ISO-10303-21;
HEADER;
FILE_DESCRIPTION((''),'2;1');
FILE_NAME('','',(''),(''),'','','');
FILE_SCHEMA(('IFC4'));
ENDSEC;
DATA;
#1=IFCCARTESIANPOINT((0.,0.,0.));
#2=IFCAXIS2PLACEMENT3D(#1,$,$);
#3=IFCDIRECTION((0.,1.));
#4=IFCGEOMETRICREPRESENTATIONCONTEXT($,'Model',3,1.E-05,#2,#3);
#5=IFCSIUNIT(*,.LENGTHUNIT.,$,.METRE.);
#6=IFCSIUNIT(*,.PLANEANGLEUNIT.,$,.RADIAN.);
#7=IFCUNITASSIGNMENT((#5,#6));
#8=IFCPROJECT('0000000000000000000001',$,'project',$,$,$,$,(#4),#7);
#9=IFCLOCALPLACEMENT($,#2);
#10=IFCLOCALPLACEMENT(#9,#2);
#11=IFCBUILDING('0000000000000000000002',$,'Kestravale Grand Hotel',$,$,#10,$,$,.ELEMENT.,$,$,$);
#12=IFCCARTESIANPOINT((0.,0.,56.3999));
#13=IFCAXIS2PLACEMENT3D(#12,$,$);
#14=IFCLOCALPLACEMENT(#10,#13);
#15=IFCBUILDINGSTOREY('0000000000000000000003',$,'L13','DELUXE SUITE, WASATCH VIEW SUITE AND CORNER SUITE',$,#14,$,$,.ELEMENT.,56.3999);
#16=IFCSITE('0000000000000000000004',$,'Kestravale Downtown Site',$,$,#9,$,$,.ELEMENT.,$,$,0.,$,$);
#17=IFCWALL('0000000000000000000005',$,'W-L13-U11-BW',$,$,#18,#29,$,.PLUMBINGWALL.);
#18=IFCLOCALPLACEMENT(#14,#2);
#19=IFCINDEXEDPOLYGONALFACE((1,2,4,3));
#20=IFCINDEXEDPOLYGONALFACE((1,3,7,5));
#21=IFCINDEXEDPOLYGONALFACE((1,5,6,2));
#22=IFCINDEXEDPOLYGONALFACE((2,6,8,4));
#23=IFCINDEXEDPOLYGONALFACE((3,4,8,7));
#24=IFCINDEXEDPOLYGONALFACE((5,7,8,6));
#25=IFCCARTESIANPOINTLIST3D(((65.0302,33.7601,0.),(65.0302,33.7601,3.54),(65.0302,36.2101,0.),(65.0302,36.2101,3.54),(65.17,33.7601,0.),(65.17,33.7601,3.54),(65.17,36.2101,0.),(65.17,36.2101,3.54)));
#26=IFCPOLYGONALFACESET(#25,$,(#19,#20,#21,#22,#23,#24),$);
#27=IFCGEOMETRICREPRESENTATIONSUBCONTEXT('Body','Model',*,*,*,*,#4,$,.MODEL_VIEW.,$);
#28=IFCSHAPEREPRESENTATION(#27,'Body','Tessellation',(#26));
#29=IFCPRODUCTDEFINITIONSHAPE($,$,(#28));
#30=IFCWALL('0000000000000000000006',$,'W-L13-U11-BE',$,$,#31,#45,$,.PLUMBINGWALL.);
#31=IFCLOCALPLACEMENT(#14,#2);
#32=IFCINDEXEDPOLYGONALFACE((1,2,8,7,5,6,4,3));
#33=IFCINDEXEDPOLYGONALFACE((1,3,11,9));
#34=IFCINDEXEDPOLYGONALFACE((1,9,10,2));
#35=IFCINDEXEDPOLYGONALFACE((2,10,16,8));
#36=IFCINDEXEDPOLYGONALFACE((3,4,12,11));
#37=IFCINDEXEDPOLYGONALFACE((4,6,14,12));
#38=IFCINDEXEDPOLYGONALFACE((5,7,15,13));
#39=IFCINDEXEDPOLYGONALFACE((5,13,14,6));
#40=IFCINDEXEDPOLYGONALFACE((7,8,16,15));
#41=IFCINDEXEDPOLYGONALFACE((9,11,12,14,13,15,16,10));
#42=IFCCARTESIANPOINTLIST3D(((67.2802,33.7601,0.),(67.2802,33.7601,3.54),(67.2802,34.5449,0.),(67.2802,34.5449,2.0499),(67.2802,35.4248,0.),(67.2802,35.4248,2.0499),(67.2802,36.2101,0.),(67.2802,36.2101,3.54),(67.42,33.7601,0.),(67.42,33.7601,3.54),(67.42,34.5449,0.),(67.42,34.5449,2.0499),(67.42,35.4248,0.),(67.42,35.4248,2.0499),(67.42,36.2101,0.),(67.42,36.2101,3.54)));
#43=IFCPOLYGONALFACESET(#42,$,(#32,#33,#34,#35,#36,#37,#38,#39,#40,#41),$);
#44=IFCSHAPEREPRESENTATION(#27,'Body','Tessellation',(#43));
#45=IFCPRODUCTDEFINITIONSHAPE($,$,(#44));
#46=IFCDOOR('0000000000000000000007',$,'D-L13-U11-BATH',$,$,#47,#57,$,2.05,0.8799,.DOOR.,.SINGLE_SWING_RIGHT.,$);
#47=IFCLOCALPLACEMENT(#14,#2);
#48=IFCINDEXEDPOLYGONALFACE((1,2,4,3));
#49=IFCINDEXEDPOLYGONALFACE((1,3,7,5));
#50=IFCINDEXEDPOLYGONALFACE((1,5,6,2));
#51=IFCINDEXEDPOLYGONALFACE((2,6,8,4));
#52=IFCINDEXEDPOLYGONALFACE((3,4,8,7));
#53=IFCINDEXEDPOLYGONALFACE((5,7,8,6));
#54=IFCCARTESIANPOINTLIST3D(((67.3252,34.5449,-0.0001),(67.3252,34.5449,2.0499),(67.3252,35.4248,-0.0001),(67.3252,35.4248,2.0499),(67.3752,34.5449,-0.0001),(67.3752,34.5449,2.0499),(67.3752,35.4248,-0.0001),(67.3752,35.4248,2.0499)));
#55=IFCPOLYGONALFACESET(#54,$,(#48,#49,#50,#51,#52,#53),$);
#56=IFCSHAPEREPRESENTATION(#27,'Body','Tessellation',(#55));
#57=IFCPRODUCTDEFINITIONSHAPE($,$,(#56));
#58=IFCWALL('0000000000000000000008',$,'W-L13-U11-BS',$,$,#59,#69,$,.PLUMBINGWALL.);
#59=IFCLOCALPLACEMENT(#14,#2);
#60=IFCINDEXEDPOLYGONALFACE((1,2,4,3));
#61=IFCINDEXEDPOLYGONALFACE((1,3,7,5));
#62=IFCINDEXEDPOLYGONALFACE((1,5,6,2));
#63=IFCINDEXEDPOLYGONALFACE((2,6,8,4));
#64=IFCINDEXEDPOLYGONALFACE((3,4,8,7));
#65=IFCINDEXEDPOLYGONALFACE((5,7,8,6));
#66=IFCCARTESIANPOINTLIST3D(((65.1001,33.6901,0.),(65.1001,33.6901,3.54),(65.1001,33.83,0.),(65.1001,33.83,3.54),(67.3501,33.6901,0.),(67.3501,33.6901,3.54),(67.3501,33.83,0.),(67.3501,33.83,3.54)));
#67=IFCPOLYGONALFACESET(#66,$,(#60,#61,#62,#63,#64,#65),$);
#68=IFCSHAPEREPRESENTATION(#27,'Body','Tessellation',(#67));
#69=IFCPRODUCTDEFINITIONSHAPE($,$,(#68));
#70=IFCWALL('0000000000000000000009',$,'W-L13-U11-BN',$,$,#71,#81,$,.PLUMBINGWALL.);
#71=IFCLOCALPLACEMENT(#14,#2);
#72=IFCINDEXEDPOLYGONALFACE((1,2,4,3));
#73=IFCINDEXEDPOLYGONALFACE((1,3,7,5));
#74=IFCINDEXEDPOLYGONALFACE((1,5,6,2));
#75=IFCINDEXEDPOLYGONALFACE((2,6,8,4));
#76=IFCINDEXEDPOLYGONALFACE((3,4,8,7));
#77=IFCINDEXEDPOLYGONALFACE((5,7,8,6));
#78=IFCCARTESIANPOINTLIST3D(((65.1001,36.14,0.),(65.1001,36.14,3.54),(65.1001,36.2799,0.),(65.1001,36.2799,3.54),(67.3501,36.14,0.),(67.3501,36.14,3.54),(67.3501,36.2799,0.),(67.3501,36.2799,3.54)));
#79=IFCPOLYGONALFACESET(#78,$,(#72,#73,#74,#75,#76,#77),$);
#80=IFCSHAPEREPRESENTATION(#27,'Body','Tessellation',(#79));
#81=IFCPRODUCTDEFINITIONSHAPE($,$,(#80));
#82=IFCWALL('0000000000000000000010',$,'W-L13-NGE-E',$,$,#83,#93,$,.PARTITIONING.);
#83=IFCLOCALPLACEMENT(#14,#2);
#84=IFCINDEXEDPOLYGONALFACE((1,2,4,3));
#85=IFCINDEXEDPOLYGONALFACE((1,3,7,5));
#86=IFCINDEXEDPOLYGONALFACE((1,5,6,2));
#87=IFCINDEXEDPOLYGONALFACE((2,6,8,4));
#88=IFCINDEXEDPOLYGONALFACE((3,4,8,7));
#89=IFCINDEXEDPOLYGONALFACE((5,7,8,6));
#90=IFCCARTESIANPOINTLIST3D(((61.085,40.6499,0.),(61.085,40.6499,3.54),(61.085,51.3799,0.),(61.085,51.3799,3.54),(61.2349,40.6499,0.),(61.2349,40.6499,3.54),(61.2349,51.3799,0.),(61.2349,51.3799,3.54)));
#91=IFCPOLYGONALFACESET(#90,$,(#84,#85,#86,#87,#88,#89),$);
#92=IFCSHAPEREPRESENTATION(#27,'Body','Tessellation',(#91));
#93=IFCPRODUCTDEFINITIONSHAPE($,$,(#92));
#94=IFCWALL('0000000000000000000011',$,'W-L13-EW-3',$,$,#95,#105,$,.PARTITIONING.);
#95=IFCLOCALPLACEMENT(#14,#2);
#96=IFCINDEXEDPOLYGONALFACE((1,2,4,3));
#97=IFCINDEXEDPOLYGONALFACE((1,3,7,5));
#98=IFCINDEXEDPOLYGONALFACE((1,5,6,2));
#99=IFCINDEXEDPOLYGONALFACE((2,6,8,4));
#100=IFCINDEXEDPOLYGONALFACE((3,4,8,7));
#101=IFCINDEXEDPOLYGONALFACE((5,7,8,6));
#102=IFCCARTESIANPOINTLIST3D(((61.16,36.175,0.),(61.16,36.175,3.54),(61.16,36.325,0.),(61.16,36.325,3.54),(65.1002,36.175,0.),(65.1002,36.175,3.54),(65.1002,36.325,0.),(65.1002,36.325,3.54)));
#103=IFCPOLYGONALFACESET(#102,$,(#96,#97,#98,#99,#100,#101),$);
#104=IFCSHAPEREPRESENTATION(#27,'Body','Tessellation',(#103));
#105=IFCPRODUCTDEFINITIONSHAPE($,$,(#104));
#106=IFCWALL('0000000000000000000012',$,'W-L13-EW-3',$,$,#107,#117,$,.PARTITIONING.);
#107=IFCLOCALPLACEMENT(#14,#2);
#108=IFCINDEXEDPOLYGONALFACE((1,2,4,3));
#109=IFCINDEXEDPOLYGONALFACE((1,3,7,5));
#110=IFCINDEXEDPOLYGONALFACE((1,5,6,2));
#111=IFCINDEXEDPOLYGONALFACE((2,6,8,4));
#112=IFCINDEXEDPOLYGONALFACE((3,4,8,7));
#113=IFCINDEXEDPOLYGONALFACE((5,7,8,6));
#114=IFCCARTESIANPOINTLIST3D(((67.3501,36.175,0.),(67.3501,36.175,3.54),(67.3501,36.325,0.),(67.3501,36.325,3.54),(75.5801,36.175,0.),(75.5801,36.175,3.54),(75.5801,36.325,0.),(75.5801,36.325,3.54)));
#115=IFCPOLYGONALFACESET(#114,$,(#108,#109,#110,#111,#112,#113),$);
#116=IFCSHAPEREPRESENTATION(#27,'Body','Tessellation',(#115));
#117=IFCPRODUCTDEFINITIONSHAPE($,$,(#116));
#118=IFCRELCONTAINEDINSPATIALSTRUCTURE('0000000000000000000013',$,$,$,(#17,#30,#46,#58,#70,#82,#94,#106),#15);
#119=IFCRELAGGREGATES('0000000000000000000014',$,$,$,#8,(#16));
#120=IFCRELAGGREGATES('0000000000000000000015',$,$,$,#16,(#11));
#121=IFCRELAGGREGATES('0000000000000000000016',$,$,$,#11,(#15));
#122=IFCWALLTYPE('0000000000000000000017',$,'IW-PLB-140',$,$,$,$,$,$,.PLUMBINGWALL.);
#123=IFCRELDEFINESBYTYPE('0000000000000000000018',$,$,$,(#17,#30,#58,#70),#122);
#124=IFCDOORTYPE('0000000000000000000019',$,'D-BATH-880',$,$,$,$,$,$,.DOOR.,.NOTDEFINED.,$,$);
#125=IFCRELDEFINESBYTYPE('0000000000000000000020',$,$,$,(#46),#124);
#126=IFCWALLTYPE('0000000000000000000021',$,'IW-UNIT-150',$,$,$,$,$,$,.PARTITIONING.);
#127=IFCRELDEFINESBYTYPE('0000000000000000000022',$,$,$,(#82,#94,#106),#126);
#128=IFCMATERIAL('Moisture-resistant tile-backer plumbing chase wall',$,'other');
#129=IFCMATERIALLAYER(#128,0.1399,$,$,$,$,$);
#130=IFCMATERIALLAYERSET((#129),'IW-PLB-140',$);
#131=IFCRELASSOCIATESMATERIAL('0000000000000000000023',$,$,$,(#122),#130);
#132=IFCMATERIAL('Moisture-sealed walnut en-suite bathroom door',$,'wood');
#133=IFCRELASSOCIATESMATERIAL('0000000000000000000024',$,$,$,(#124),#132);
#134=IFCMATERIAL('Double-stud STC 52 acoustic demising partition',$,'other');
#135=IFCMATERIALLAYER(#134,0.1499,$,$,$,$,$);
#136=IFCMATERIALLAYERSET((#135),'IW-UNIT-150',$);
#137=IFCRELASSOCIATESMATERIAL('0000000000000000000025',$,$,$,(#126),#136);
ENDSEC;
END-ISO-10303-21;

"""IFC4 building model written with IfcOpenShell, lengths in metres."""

from ifc_helpers import new_model, si_unit, direction, frame, frame_2d, origin, place, context, subcontext, project, spatial, rectangle, extrude, material, layer, layer_set, type_object, element, fill, save


model = new_model("IFC4")

# Units and contexts
model_context = context("Model", 3, precision=1e-05, world=origin(), true_north=direction((0.0, 1.0)))
body_context = subcontext(model_context, "Body", "Model", "MODEL_VIEW")
ifc_project = project(units=[si_unit("LENGTHUNIT", "METRE"), si_unit("PLANEANGLEUNIT", "RADIAN")], contexts=[model_context])

# Site, building, storey
site_placement = place(None, origin())
site = spatial("IfcSite", under=ifc_project, at=site_placement, Name="Kestravale Downtown Site", CompositionType="ELEMENT", RefElevation=0.0)
building_placement = place(site_placement, origin())
building = spatial("IfcBuilding", under=site, at=building_placement, Name="Kestravale Grand Hotel", CompositionType="ELEMENT")
storey_placement = place(building_placement, frame((0.0, 0.0, 56.3999)))
storey = spatial("IfcBuildingStorey", under=building, at=storey_placement, Name="L13", Description="DELUXE SUITE, WASATCH VIEW SUITE AND CORNER SUITE", CompositionType="ELEMENT", Elevation=56.3999)

# Wall
ifc_material_1 = material(Name="Moisture-resistant tile-backer plumbing chase wall", Category="other")
ifc_layer_1 = layer(ifc_material_1, 0.1399)
ifc_layer_set_1 = layer_set([ifc_layer_1], Name="IW-PLB-140")
wall_type_1 = type_object("IfcWallType", Name="IW-PLB-140", PredefinedType="PLUMBINGWALL", material=ifc_layer_set_1)
wall_1_placement = place(storey_placement, frame((65.1001, 33.76, 0.0), z_axis=(0.0, 0.0, 1.0), x_axis=(0.0, 1.0, 0.0)))
element("IfcWall", 1, at=wall_1_placement, inside=storey, type_object=wall_type_1, Name="W-L13-U11-BW", PredefinedType="PLUMBINGWALL", context=body_context, shape_type="SweptSolid", body=[
    extrude(rectangle(XDim=2.45, YDim=0.1399, at=frame_2d((1.2251, 0.0))), origin(), (0.0, 0.0, 1.0), 3.54),
])

# Wall, opening, door
wall_2_placement = place(storey_placement, frame((67.3501, 33.76, 0.0), z_axis=(0.0, 0.0, 1.0), x_axis=(0.0, 1.0, 0.0)))
wall_2 = element("IfcWall", 2, at=wall_2_placement, inside=storey, type_object=wall_type_1, Name="W-L13-U11-BE", PredefinedType="PLUMBINGWALL", context=body_context, shape_type="SweptSolid", body=[
    extrude(rectangle(XDim=2.45, YDim=0.1399, at=frame_2d((1.2251, 0.0))), origin(), (0.0, 0.0, 1.0), 3.54),
])
opening_1_placement = place(wall_2_placement, frame((0.7849, 0.0, 0.0)))
opening_1 = element("IfcOpeningElement", 3, at=opening_1_placement, cuts=wall_2, PredefinedType="OPENING", context=body_context, shape_type="SweptSolid", body=[
    extrude(rectangle(XDim=0.8799, YDim=2.05, at=frame_2d((0.4399, 1.0249))), frame((0.0, 0.0798, 0.0), z_axis=(0.0, -1.0, 0.0), x_axis=(1.0, 0.0, 0.0)), (0.0, 0.0, 1.0), 0.1599),
])
ifc_material_2 = material(Name="Moisture-sealed walnut en-suite bathroom door", Category="wood")
door_type_1 = type_object("IfcDoorType", Name="D-BATH-880", OperationType="NOTDEFINED", PredefinedType="DOOR", material=ifc_material_2)
door_1_placement = place(opening_1_placement, origin())
door_1 = element("IfcDoor", 4, at=door_1_placement, inside=storey, type_object=door_type_1, Name="D-L13-U11-BATH", OperationType="SINGLE_SWING_RIGHT", OverallHeight=2.05, OverallWidth=0.8799, PredefinedType="DOOR", context=body_context, shape_type="SweptSolid", body=[
    extrude(rectangle(XDim=0.8799, YDim=2.05, at=frame_2d((0.4399, 1.0249))), frame((0.0, 0.0249, 0.0), z_axis=(0.0, -1.0, 0.0), x_axis=(1.0, 0.0, 0.0)), (0.0, 0.0, 1.0), 0.05),
])
fill(opening_1, door_1)

# Walls
for number, where, z_axis, x_axis, name in (
    (5, (65.1001, 33.76, 0.0), (0.0, 0.0, 1.0), (1.0, 0.0, 0.0), "W-L13-U11-BS"),
    (6, (65.1001, 36.21, 0.0), (0.0, 0.0, 1.0), (1.0, 0.0, 0.0), "W-L13-U11-BN"),
):
    element("IfcWall", number, at=place(storey_placement, frame(where, z_axis=z_axis, x_axis=x_axis)), inside=storey, type_object=wall_type_1, Name=name, PredefinedType="PLUMBINGWALL", context=body_context, shape_type="SweptSolid", body=[
        extrude(rectangle(XDim=2.25, YDim=0.1399, at=frame_2d((1.125, 0.0))), origin(), (0.0, 0.0, 1.0), 3.54),
    ])

# Shared definitions
ifc_material_3 = material(Name="Double-stud STC 52 acoustic demising partition", Category="other")
ifc_layer_2 = layer(ifc_material_3, 0.1499)
ifc_layer_set_2 = layer_set([ifc_layer_2], Name="IW-UNIT-150")
wall_type_2 = type_object("IfcWallType", Name="IW-UNIT-150", PredefinedType="PARTITIONING", material=ifc_layer_set_2)

# Walls
wall_3_placement = place(storey_placement, frame((61.1599, 40.6499, 0.0), z_axis=(0.0, 0.0, 1.0), x_axis=(0.0, 1.0, 0.0)))
element("IfcWall", 7, at=wall_3_placement, inside=storey, type_object=wall_type_2, Name="W-L13-NGE-E", PredefinedType="PARTITIONING", context=body_context, shape_type="SweptSolid", body=[
    extrude(rectangle(XDim=10.73, YDim=0.1499, at=frame_2d((5.365, 0.0))), origin(), (0.0, 0.0, 1.0), 3.54),
])
wall_4_placement = place(storey_placement, frame((61.1599, 36.25, 0.0), z_axis=(0.0, 0.0, 1.0), x_axis=(1.0, 0.0, 0.0)))
element("IfcWall", 8, at=wall_4_placement, inside=storey, type_object=wall_type_2, Name="W-L13-EW-3", PredefinedType="PARTITIONING", context=body_context, shape_type="SweptSolid", body=[
    extrude(rectangle(XDim=3.9402, YDim=0.1499, at=frame_2d((1.9702, 0.0))), origin(), (0.0, 0.0, 1.0), 3.54),
])
wall_5_placement = place(storey_placement, frame((67.3501, 36.25, 0.0), z_axis=(0.0, 0.0, 1.0), x_axis=(1.0, 0.0, 0.0)))
element("IfcWall", 9, at=wall_5_placement, inside=storey, type_object=wall_type_2, Name="W-L13-EW-3", PredefinedType="PARTITIONING", context=body_context, shape_type="SweptSolid", body=[
    extrude(rectangle(XDim=8.23, YDim=0.1499, at=frame_2d((4.115, 0.0))), origin(), (0.0, 0.0, 1.0), 3.54),
])

save(model, "model.ifc")
